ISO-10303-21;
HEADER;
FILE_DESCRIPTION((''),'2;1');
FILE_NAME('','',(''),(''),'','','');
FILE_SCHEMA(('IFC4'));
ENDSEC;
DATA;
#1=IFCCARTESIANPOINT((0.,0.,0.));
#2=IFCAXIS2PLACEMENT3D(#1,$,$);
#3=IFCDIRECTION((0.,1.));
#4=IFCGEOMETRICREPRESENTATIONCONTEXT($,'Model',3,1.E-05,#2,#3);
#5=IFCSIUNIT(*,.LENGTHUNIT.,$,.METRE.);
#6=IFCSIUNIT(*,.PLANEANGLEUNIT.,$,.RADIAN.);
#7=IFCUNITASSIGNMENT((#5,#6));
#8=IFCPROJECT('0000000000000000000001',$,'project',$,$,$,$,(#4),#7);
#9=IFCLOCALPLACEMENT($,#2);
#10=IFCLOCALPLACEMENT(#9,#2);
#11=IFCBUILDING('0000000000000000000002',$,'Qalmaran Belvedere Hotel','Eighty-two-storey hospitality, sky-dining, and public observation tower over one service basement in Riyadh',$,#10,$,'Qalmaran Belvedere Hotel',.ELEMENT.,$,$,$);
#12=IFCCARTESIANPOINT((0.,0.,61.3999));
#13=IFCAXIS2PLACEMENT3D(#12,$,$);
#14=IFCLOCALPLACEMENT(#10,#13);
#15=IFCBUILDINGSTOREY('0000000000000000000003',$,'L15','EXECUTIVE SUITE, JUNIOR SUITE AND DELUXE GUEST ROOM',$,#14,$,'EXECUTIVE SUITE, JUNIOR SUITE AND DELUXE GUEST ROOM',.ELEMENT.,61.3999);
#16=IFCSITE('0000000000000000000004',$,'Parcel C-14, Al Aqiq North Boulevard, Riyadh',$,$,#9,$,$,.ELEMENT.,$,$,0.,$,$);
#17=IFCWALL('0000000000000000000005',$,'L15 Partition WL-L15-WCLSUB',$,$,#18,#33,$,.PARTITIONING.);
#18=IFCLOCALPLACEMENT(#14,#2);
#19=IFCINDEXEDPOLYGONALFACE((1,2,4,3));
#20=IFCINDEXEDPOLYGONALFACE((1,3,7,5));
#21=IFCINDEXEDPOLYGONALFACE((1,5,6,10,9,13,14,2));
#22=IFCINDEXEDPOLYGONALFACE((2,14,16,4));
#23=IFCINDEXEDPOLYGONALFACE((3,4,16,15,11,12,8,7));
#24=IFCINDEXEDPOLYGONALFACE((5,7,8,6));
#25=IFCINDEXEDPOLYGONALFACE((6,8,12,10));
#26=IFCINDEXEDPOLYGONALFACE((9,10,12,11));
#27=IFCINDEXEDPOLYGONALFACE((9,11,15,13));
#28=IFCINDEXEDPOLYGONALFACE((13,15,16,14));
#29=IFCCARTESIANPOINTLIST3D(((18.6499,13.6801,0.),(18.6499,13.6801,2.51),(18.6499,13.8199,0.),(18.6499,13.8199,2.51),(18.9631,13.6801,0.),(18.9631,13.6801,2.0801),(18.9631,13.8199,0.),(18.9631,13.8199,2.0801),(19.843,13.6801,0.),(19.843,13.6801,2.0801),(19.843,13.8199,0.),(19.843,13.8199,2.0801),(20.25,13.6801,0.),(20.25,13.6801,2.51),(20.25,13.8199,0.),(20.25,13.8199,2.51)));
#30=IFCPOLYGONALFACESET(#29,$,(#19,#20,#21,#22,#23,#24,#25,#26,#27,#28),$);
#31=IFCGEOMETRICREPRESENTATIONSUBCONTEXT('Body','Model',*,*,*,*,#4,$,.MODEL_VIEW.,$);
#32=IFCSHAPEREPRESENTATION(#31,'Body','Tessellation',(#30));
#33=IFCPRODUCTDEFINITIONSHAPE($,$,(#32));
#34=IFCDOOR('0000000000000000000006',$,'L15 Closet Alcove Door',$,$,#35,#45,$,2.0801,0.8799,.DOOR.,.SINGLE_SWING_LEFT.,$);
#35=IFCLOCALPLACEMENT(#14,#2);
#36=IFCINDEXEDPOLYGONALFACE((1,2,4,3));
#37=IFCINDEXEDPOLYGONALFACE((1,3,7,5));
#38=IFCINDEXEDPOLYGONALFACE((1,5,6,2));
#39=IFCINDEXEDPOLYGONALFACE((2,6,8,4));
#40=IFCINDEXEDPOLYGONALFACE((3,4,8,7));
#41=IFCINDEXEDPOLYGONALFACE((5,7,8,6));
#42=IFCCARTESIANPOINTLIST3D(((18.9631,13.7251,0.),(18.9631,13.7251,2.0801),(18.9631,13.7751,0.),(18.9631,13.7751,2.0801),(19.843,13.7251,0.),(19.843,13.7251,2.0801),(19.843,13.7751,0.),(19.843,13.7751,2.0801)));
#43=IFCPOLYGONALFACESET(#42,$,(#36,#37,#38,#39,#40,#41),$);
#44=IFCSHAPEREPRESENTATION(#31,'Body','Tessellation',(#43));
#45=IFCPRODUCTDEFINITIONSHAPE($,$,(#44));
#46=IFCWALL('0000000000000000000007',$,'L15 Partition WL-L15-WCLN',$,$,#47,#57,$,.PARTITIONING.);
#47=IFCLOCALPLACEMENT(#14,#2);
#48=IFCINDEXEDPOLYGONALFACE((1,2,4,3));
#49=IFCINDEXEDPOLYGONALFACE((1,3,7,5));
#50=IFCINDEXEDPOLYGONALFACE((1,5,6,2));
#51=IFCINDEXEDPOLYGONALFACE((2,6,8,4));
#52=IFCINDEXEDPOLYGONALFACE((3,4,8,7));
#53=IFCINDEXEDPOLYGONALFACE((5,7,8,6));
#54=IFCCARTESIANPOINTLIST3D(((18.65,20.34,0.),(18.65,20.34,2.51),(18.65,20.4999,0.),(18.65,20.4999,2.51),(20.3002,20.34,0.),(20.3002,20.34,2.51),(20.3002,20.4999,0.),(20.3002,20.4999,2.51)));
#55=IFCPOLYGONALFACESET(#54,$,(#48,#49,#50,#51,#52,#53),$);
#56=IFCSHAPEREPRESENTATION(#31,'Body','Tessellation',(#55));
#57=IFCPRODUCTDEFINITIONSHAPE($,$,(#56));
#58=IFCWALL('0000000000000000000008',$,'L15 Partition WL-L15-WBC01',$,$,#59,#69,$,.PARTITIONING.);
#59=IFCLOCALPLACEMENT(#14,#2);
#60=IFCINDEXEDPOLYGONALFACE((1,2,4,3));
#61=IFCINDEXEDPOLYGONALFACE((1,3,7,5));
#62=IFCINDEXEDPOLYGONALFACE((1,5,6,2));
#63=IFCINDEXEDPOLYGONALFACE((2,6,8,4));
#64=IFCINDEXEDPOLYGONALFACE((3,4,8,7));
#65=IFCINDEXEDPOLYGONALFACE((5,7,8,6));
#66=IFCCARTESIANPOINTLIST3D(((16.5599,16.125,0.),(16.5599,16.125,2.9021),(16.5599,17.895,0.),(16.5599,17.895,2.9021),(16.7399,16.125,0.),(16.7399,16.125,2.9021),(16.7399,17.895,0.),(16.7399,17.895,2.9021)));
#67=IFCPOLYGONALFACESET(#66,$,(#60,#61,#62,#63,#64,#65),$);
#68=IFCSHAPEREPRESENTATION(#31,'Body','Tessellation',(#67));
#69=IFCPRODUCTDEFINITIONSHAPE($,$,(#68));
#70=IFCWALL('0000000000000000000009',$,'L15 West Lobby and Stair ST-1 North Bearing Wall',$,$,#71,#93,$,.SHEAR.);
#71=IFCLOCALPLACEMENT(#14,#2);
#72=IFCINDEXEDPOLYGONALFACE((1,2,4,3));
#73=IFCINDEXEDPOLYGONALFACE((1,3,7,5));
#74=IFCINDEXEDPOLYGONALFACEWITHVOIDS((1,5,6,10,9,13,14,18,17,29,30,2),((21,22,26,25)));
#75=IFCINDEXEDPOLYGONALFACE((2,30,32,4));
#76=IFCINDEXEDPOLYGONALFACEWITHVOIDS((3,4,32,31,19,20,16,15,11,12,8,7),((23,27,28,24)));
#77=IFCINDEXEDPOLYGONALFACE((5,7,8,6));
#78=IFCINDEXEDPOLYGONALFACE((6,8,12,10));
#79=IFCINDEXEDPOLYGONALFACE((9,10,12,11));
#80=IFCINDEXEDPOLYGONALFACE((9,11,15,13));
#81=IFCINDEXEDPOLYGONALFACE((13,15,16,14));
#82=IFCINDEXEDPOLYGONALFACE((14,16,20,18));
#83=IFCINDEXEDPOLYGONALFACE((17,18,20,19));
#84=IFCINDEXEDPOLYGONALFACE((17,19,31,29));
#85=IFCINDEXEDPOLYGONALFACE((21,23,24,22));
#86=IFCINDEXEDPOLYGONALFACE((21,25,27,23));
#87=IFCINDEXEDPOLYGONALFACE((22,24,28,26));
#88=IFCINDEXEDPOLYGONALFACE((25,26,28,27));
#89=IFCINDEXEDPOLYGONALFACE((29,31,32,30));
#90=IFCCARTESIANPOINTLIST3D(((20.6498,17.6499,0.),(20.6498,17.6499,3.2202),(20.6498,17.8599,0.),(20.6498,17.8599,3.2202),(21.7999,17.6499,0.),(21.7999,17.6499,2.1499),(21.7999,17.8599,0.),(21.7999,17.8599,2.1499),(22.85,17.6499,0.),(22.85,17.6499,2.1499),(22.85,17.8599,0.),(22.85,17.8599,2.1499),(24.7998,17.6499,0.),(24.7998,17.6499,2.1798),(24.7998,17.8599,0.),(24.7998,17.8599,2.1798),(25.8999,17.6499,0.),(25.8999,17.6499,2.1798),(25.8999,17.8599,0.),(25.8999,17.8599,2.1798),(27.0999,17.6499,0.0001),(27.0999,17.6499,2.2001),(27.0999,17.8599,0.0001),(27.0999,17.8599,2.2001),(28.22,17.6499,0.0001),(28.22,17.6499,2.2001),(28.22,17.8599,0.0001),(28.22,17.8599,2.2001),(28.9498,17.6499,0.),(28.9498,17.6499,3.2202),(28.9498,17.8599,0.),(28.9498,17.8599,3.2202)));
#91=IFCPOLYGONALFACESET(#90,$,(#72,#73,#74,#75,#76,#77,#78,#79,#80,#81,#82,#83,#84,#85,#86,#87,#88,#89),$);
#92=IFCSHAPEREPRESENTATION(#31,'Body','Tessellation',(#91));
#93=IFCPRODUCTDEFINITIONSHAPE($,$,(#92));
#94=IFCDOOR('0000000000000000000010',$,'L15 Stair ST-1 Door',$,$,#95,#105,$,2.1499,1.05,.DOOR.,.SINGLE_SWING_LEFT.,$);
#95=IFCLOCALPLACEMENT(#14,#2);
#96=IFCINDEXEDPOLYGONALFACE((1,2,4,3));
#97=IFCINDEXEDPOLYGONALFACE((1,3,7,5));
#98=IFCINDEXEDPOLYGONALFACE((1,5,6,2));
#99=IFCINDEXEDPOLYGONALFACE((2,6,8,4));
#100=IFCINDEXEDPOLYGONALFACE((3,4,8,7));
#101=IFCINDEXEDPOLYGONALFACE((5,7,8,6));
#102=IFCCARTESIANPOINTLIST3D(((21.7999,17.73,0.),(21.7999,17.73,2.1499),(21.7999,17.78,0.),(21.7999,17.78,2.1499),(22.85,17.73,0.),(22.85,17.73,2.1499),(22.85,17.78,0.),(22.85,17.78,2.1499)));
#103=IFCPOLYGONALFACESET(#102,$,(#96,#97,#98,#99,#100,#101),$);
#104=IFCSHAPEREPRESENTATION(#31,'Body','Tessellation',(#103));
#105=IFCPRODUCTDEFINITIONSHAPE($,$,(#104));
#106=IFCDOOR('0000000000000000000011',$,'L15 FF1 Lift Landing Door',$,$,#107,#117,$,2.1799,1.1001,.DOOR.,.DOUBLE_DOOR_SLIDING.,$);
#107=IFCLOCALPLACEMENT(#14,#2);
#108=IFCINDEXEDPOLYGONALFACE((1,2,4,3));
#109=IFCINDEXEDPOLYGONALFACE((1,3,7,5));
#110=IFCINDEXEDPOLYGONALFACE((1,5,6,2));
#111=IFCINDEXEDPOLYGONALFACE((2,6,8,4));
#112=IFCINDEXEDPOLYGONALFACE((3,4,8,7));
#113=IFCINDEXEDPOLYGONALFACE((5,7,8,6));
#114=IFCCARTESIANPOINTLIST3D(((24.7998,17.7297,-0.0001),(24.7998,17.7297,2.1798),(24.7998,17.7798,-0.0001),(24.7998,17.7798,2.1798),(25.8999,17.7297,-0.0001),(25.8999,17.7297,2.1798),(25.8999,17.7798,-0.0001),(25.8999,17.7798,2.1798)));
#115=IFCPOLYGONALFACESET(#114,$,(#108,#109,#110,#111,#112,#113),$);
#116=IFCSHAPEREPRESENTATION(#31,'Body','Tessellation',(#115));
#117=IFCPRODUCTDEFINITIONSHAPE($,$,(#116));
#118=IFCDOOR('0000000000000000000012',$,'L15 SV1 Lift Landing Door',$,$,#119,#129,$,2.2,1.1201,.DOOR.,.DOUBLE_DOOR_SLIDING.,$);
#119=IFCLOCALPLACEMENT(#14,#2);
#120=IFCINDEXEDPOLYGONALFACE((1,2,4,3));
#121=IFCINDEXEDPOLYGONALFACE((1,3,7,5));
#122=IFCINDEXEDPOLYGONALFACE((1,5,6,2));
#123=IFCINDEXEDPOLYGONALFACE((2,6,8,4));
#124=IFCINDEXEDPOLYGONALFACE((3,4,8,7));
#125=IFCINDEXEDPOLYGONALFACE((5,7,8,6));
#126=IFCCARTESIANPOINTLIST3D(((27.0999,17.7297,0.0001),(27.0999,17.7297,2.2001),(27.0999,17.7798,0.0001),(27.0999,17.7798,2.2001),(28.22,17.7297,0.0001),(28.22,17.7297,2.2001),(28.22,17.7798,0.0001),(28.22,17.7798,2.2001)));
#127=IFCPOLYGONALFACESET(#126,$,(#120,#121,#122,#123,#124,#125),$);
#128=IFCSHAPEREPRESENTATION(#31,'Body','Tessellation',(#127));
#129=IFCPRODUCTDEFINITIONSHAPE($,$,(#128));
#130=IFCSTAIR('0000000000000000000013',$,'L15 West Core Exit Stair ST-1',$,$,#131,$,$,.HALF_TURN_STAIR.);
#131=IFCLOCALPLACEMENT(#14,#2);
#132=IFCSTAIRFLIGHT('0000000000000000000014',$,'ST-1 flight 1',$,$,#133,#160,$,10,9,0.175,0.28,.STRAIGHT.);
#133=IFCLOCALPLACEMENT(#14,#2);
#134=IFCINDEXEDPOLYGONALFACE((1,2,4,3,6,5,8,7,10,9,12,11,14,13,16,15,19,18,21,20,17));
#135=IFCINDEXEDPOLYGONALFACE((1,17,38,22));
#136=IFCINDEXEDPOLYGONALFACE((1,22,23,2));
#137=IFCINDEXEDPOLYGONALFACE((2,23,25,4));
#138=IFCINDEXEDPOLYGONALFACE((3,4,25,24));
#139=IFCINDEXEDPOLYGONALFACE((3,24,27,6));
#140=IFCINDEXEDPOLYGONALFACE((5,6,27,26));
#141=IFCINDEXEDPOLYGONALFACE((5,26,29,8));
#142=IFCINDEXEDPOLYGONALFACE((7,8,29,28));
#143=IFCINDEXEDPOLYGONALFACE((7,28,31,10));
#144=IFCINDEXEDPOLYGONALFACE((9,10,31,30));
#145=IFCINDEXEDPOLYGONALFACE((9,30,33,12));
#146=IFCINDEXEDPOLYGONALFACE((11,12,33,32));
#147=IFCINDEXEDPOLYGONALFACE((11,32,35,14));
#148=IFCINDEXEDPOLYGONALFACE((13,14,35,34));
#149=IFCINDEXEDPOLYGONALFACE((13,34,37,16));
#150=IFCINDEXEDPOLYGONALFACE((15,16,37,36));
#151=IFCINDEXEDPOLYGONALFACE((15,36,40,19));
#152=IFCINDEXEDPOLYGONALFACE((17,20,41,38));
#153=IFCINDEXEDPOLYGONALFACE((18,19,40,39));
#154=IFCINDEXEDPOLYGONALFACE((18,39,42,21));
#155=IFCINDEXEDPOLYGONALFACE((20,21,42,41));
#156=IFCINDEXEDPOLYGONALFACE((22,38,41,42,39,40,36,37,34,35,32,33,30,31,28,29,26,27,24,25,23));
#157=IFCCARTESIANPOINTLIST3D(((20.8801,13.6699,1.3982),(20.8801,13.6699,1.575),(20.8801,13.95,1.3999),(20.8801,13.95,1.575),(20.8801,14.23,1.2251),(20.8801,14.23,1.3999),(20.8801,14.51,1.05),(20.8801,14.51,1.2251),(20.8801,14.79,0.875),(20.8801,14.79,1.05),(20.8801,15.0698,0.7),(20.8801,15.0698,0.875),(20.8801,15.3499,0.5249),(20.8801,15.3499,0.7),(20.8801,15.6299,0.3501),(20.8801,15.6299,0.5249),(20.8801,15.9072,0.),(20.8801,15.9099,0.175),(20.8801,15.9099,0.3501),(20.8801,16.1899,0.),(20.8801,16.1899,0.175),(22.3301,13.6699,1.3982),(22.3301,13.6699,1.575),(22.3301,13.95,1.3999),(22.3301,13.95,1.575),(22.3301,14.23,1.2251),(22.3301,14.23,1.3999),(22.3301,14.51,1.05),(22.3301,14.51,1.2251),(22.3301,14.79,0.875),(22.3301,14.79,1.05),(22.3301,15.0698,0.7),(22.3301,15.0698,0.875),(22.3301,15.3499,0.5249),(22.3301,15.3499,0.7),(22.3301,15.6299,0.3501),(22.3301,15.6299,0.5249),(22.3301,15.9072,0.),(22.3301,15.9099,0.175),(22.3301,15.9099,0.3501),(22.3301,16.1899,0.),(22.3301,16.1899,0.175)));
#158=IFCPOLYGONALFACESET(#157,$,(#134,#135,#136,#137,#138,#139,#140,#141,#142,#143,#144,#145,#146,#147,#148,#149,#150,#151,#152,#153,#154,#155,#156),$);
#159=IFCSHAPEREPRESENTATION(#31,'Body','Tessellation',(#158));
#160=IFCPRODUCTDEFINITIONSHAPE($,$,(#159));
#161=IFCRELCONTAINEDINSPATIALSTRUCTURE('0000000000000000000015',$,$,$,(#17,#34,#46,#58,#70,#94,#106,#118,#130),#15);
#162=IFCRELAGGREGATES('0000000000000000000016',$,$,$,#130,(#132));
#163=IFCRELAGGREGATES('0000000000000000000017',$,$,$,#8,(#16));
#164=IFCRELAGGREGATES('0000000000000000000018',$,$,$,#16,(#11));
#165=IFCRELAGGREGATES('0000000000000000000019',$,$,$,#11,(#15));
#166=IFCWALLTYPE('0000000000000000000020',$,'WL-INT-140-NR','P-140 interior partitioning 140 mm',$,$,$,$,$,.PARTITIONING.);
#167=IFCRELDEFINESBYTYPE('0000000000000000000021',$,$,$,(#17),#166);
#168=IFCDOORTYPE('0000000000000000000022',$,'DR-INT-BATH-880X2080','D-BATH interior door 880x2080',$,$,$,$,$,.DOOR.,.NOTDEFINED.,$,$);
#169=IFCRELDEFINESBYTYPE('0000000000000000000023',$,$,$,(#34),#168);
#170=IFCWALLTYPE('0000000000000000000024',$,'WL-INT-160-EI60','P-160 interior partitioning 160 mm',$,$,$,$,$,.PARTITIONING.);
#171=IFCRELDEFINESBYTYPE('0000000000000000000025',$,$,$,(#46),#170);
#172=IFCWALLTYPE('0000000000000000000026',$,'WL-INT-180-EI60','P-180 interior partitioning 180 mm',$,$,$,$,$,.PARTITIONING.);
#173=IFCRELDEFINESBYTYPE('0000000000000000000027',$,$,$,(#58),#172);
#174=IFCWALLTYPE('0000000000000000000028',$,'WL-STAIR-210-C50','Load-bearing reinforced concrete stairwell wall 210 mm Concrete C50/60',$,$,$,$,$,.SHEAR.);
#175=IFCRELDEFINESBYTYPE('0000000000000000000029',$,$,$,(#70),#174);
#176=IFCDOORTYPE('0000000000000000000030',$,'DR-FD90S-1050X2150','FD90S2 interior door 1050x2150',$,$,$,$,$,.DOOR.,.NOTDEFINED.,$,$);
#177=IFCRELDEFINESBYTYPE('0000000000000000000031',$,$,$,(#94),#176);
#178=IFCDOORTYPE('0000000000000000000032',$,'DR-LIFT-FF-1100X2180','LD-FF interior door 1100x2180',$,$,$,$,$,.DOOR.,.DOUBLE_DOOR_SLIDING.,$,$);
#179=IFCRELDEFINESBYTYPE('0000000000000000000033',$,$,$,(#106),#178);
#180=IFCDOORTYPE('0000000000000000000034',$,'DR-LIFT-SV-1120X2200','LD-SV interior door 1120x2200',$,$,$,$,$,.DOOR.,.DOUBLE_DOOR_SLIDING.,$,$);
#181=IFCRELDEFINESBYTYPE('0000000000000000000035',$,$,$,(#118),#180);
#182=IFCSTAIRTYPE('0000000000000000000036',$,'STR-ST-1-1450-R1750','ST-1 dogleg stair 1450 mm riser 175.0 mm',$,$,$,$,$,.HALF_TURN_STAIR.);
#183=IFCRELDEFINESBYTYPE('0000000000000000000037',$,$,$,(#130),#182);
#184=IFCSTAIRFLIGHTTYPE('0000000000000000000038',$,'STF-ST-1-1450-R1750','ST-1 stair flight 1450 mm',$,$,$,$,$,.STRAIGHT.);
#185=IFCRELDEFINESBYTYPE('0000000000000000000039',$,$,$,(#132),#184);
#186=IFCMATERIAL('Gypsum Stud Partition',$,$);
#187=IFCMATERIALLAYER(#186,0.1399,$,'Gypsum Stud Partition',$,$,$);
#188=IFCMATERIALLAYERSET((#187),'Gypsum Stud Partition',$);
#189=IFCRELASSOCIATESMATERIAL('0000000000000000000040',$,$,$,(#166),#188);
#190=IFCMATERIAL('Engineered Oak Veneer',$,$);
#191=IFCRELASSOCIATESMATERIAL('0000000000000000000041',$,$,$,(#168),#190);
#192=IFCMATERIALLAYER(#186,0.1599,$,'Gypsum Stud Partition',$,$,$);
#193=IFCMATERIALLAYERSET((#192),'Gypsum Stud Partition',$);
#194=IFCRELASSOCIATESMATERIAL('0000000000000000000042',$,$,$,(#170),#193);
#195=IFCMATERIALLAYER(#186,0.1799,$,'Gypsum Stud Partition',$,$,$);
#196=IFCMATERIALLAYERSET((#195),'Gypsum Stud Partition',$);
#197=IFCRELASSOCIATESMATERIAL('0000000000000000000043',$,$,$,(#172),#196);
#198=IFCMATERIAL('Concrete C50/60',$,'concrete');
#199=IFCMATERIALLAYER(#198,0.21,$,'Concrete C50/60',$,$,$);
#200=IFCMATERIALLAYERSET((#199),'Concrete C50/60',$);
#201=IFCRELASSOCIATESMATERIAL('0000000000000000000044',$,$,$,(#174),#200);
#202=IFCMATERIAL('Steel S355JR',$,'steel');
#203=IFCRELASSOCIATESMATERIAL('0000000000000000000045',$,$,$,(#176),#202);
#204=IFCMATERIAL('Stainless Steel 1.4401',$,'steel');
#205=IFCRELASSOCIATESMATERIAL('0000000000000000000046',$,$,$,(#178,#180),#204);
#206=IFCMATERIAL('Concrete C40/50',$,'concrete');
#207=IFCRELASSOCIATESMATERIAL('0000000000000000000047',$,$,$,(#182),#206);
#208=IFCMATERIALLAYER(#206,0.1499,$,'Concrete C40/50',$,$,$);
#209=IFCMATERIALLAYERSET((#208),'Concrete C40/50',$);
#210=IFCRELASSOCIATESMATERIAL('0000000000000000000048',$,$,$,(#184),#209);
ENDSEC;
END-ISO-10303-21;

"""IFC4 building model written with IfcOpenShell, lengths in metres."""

from ifc_helpers import new_model, si_unit, direction, frame, frame_2d, origin, place, context, subcontext, project, spatial, polyline, rectangle, outline, extrude, material, layer, layer_set, type_object, element, fill, aggregate, save


model = new_model("IFC4")

# Units and contexts
model_context = context("Model", 3, precision=1e-05, world=origin(), true_north=direction((0.0, 1.0)))
body_context = subcontext(model_context, "Body", "Model", "MODEL_VIEW")
ifc_project = project(units=[si_unit("LENGTHUNIT", "METRE"), si_unit("PLANEANGLEUNIT", "RADIAN")], contexts=[model_context])

# Site, building, storey
site_placement = place(None, origin())
site = spatial("IfcSite", under=ifc_project, at=site_placement, Name="Parcel C-14, Al Aqiq North Boulevard, Riyadh", CompositionType="ELEMENT", RefElevation=0.0)
building_placement = place(site_placement, origin())
building = spatial("IfcBuilding", under=site, at=building_placement, Name="Qalmaran Belvedere Hotel", Description="Eighty-two-storey hospitality, sky-dining, and public observation tower over one service basement in Riyadh", LongName="Qalmaran Belvedere Hotel", CompositionType="ELEMENT")
storey_placement = place(building_placement, frame((0.0, 0.0, 61.3999)))
storey = spatial("IfcBuildingStorey", under=building, at=storey_placement, Name="L15", Description="EXECUTIVE SUITE, JUNIOR SUITE AND DELUXE GUEST ROOM", LongName="EXECUTIVE SUITE, JUNIOR SUITE AND DELUXE GUEST ROOM", CompositionType="ELEMENT", Elevation=61.3999)

# Wall, opening, door
ifc_material_1 = material(Name="Gypsum Stud Partition")
ifc_layer_1 = layer(ifc_material_1, 0.1399, Name="Gypsum Stud Partition")
ifc_layer_set_1 = layer_set([ifc_layer_1], Name="Gypsum Stud Partition")
wall_type_1 = type_object("IfcWallType", Name="WL-INT-140-NR", Description="P-140 interior partitioning 140 mm", PredefinedType="PARTITIONING", material=ifc_layer_set_1)
wall_1_placement = place(storey_placement, frame((18.6499, 13.75, 0.0), z_axis=(0.0, 0.0, 1.0), x_axis=(1.0, 0.0, 0.0)))
wall_1 = element("IfcWall", 1, at=wall_1_placement, inside=storey, type_object=wall_type_1, Name="L15 Partition WL-L15-WCLSUB", PredefinedType="PARTITIONING", context=body_context, shape_type="SweptSolid", body=[
    extrude(rectangle(XDim=1.6001, YDim=0.1399, at=frame_2d((0.8, 0.0))), origin(), (0.0, 0.0, 1.0), 2.51),
])
opening_1_placement = place(wall_1_placement, frame((1.1931, 0.0, 0.0), z_axis=(0.0, 0.0, 1.0), x_axis=(-1.0, 0.0, 0.0)))
opening_1 = element("IfcOpeningElement", 2, at=opening_1_placement, cuts=wall_1, PredefinedType="OPENING", context=body_context, shape_type="SweptSolid", body=[
    extrude(rectangle(XDim=0.8799, YDim=2.0801, at=frame_2d((0.4399, 1.04))), frame((0.0, 0.0801, 0.0), z_axis=(0.0, -1.0, 0.0), x_axis=(1.0, 0.0, 0.0)), (0.0, 0.0, 1.0), 0.1599),
])
ifc_material_2 = material(Name="Engineered Oak Veneer")
door_type_1 = type_object("IfcDoorType", Name="DR-INT-BATH-880X2080", Description="D-BATH interior door 880x2080", OperationType="NOTDEFINED", PredefinedType="DOOR", material=ifc_material_2)
door_1_placement = place(opening_1_placement, origin())
door_1 = element("IfcDoor", 3, at=door_1_placement, inside=storey, type_object=door_type_1, Name="L15 Closet Alcove Door", OperationType="SINGLE_SWING_LEFT", OverallHeight=2.0801, OverallWidth=0.8799, PredefinedType="DOOR", context=body_context, shape_type="SweptSolid", body=[
    extrude(rectangle(XDim=0.8799, YDim=2.0801, at=frame_2d((0.4399, 1.04))), frame((0.0, 0.0249, 0.0), z_axis=(0.0, -1.0, 0.0), x_axis=(1.0, 0.0, 0.0)), (0.0, 0.0, 1.0), 0.05),
])
fill(opening_1, door_1)

# Wall
ifc_layer_2 = layer(ifc_material_1, 0.1599, Name="Gypsum Stud Partition")
ifc_layer_set_2 = layer_set([ifc_layer_2], Name="Gypsum Stud Partition")
wall_type_2 = type_object("IfcWallType", Name="WL-INT-160-EI60", Description="P-160 interior partitioning 160 mm", PredefinedType="PARTITIONING", material=ifc_layer_set_2)
wall_2_placement = place(storey_placement, frame((18.6499, 20.4199, 0.0), z_axis=(0.0, 0.0, 1.0), x_axis=(1.0, 0.0, 0.0)))
element("IfcWall", 4, at=wall_2_placement, inside=storey, type_object=wall_type_2, Name="L15 Partition WL-L15-WCLN", PredefinedType="PARTITIONING", context=body_context, shape_type="SweptSolid", body=[
    extrude(rectangle(XDim=1.6501, YDim=0.1599, at=frame_2d((0.8252, 0.0))), origin(), (0.0, 0.0, 1.0), 2.51),
])

# Shared definitions
ifc_layer_3 = layer(ifc_material_1, 0.1799, Name="Gypsum Stud Partition")
ifc_layer_set_3 = layer_set([ifc_layer_3], Name="Gypsum Stud Partition")
wall_type_3 = type_object("IfcWallType", Name="WL-INT-180-EI60", Description="P-180 interior partitioning 180 mm", PredefinedType="PARTITIONING", material=ifc_layer_set_3)

# Wall
wall_3_placement = place(storey_placement, frame((16.6499, 16.125, 0.0), z_axis=(0.0, 0.0, 1.0), x_axis=(0.0, 1.0, 0.0)))
element("IfcWall", 5, at=wall_3_placement, inside=storey, type_object=wall_type_3, Name="L15 Partition WL-L15-WBC01", PredefinedType="PARTITIONING", context=body_context, shape_type="SweptSolid", body=[
    extrude(rectangle(XDim=1.77, YDim=0.1799, at=frame_2d((0.885, 0.0))), origin(), (0.0, 0.0, 1.0), 2.9021),
])

# Shared definitions
ifc_material_3 = material(Name="Steel S355JR", Category="steel")

# Wall, openings, doors
ifc_material_4 = material(Name="Concrete C50/60", Category="concrete")
ifc_layer_4 = layer(ifc_material_4, 0.21, Name="Concrete C50/60")
ifc_layer_set_4 = layer_set([ifc_layer_4], Name="Concrete C50/60")
wall_type_4 = type_object("IfcWallType", Name="WL-STAIR-210-C50", Description="Load-bearing reinforced concrete stairwell wall 210 mm Concrete C50/60", PredefinedType="SHEAR", material=ifc_layer_set_4)
wall_4_placement = place(storey_placement, frame((20.6499, 17.7549, 0.0), z_axis=(0.0, 0.0, 1.0), x_axis=(1.0, 0.0, 0.0)))
wall_4 = element("IfcWall", 6, at=wall_4_placement, inside=storey, type_object=wall_type_4, Name="L15 West Lobby and Stair ST-1 North Bearing Wall", PredefinedType="SHEAR", context=body_context, shape_type="SweptSolid", body=[
    extrude(rectangle(XDim=8.3, YDim=0.21, at=frame_2d((4.1499, 0.0))), origin(), (0.0, 0.0, 1.0), 3.2202),
])
opening_2_placement = place(wall_4_placement, frame((2.2, 0.0, 0.0), z_axis=(0.0, 0.0, 1.0), x_axis=(-1.0, 0.0, 0.0)))
opening_2 = element("IfcOpeningElement", 7, at=opening_2_placement, cuts=wall_4, PredefinedType="OPENING", context=body_context, shape_type="SweptSolid", body=[
    extrude(rectangle(XDim=1.05, YDim=2.1499, at=frame_2d((0.5249, 1.075))), frame((0.0, 0.115, 0.0), z_axis=(0.0, -1.0, 0.0), x_axis=(1.0, 0.0, 0.0)), (0.0, 0.0, 1.0), 0.23),
])
opening_3_placement = place(wall_4_placement, frame((4.1499, 0.0, 0.0)))
opening_3 = element("IfcOpeningElement", 8, at=opening_3_placement, cuts=wall_4, PredefinedType="OPENING", context=body_context, shape_type="SweptSolid", body=[
    extrude(rectangle(XDim=1.1001, YDim=2.1799, at=frame_2d((0.55, 1.0898))), frame((0.0, 0.115, 0.0), z_axis=(0.0, -1.0, 0.0), x_axis=(1.0, 0.0, 0.0)), (0.0, 0.0, 1.0), 0.23),
])
opening_4_placement = place(wall_4_placement, frame((6.45, 0.0, 0.0)))
opening_4 = element("IfcOpeningElement", 9, at=opening_4_placement, cuts=wall_4, PredefinedType="OPENING", context=body_context, shape_type="SweptSolid", body=[
    extrude(rectangle(XDim=1.1201, YDim=2.2, at=frame_2d((0.5601, 1.1001))), frame((0.0, 0.115, 0.0), z_axis=(0.0, -1.0, 0.0), x_axis=(1.0, 0.0, 0.0)), (0.0, 0.0, 1.0), 0.23),
])
door_type_2 = type_object("IfcDoorType", Name="DR-FD90S-1050X2150", Description="FD90S2 interior door 1050x2150", OperationType="NOTDEFINED", PredefinedType="DOOR", material=ifc_material_3)
door_2_placement = place(opening_2_placement, origin())
door_2 = element("IfcDoor", 10, at=door_2_placement, inside=storey, type_object=door_type_2, Name="L15 Stair ST-1 Door", OperationType="SINGLE_SWING_LEFT", OverallHeight=2.1499, OverallWidth=1.05, PredefinedType="DOOR", context=body_context, shape_type="SweptSolid", body=[
    extrude(rectangle(XDim=1.05, YDim=2.1499, at=frame_2d((0.5249, 1.075))), frame((0.0, 0.0249, 0.0), z_axis=(0.0, -1.0, 0.0), x_axis=(1.0, 0.0, 0.0)), (0.0, 0.0, 1.0), 0.05),
])
fill(opening_2, door_2)
ifc_material_5 = material(Name="Stainless Steel 1.4401", Category="steel")
door_type_3 = type_object("IfcDoorType", Name="DR-LIFT-FF-1100X2180", Description="LD-FF interior door 1100x2180", OperationType="DOUBLE_DOOR_SLIDING", PredefinedType="DOOR", material=ifc_material_5)
door_3_placement = place(opening_3_placement, origin())
door_3 = element("IfcDoor", 11, at=door_3_placement, inside=storey, type_object=door_type_3, Name="L15 FF1 Lift Landing Door", OperationType="DOUBLE_DOOR_SLIDING", OverallHeight=2.1799, OverallWidth=1.1001, PredefinedType="DOOR", context=body_context, shape_type="SweptSolid", body=[
    extrude(rectangle(XDim=1.1001, YDim=2.1799, at=frame_2d((0.55, 1.0898))), frame((0.0, 0.0249, 0.0), z_axis=(0.0, -1.0, 0.0), x_axis=(1.0, 0.0, 0.0)), (0.0, 0.0, 1.0), 0.05),
])
fill(opening_3, door_3)
door_type_4 = type_object("IfcDoorType", Name="DR-LIFT-SV-1120X2200", Description="LD-SV interior door 1120x2200", OperationType="DOUBLE_DOOR_SLIDING", PredefinedType="DOOR", material=ifc_material_5)
door_4_placement = place(opening_4_placement, origin())
door_4 = element("IfcDoor", 12, at=door_4_placement, inside=storey, type_object=door_type_4, Name="L15 SV1 Lift Landing Door", OperationType="DOUBLE_DOOR_SLIDING", OverallHeight=2.2, OverallWidth=1.1201, PredefinedType="DOOR", context=body_context, shape_type="SweptSolid", body=[
    extrude(rectangle(XDim=1.1201, YDim=2.2, at=frame_2d((0.5601, 1.1001))), frame((0.0, 0.0249, 0.0), z_axis=(0.0, -1.0, 0.0), x_axis=(1.0, 0.0, 0.0)), (0.0, 0.0, 1.0), 0.05),
])
fill(opening_4, door_4)

# Stair, stair flight
ifc_material_6 = material(Name="Concrete C40/50", Category="concrete")
stair_type = type_object("IfcStairType", Name="STR-ST-1-1450-R1750", Description="ST-1 dogleg stair 1450 mm riser 175.0 mm", PredefinedType="HALF_TURN_STAIR", material=ifc_material_6)
stair_placement = place(storey_placement, origin())
stair = element("IfcStair", 13, at=stair_placement, inside=storey, type_object=stair_type, Name="L15 West Core Exit Stair ST-1", PredefinedType="HALF_TURN_STAIR")
ifc_layer_5 = layer(ifc_material_6, 0.1499, Name="Concrete C40/50")
ifc_layer_set_5 = layer_set([ifc_layer_5], Name="Concrete C40/50")
stair_flight_type = type_object("IfcStairFlightType", Name="STF-ST-1-1450-R1750", Description="ST-1 stair flight 1450 mm", PredefinedType="STRAIGHT", material=ifc_layer_set_5)
stair_flight_placement = place(storey_placement, frame((21.605, 16.1899, 0.0), z_axis=(0.0, 0.0, 1.0), x_axis=(0.0, -1.0, 0.0)))
stair_flight = element("IfcStairFlight", 14, at=stair_flight_placement, type_object=stair_flight_type, Name="ST-1 flight 1", NumberOfRisers=10, NumberOfTreads=9, PredefinedType="STRAIGHT", RiserHeight=0.175, TreadLength=0.28, context=body_context, shape_type="SweptSolid", body=[
    extrude(outline(polyline([(0.0, 0.0), (0.0, 0.175), (0.28, 0.175), (0.28, 0.3501), (0.5601, 0.3501), (0.5601, 0.5249), (0.8401, 0.5249), (0.8401, 0.7), (1.1201, 0.7), (1.1201, 0.875), (1.3999, 0.875), (1.3999, 1.05), (1.6799, 1.05), (1.6799, 1.2251), (1.96, 1.2251), (1.96, 1.3999), (2.24, 1.3999), (2.24, 1.575), (2.52, 1.575), (2.52, 1.75), (2.52, 1.3982), (0.2827, 0.0), (0.0, 0.0)])), frame((0.0, 0.7251, 0.0), z_axis=(0.0, -1.0, 0.0), x_axis=(1.0, 0.0, 0.0)), (0.0, 0.0, 1.0), 1.45),
])
aggregate(stair, [stair_flight])

save(model, "model.ifc")
